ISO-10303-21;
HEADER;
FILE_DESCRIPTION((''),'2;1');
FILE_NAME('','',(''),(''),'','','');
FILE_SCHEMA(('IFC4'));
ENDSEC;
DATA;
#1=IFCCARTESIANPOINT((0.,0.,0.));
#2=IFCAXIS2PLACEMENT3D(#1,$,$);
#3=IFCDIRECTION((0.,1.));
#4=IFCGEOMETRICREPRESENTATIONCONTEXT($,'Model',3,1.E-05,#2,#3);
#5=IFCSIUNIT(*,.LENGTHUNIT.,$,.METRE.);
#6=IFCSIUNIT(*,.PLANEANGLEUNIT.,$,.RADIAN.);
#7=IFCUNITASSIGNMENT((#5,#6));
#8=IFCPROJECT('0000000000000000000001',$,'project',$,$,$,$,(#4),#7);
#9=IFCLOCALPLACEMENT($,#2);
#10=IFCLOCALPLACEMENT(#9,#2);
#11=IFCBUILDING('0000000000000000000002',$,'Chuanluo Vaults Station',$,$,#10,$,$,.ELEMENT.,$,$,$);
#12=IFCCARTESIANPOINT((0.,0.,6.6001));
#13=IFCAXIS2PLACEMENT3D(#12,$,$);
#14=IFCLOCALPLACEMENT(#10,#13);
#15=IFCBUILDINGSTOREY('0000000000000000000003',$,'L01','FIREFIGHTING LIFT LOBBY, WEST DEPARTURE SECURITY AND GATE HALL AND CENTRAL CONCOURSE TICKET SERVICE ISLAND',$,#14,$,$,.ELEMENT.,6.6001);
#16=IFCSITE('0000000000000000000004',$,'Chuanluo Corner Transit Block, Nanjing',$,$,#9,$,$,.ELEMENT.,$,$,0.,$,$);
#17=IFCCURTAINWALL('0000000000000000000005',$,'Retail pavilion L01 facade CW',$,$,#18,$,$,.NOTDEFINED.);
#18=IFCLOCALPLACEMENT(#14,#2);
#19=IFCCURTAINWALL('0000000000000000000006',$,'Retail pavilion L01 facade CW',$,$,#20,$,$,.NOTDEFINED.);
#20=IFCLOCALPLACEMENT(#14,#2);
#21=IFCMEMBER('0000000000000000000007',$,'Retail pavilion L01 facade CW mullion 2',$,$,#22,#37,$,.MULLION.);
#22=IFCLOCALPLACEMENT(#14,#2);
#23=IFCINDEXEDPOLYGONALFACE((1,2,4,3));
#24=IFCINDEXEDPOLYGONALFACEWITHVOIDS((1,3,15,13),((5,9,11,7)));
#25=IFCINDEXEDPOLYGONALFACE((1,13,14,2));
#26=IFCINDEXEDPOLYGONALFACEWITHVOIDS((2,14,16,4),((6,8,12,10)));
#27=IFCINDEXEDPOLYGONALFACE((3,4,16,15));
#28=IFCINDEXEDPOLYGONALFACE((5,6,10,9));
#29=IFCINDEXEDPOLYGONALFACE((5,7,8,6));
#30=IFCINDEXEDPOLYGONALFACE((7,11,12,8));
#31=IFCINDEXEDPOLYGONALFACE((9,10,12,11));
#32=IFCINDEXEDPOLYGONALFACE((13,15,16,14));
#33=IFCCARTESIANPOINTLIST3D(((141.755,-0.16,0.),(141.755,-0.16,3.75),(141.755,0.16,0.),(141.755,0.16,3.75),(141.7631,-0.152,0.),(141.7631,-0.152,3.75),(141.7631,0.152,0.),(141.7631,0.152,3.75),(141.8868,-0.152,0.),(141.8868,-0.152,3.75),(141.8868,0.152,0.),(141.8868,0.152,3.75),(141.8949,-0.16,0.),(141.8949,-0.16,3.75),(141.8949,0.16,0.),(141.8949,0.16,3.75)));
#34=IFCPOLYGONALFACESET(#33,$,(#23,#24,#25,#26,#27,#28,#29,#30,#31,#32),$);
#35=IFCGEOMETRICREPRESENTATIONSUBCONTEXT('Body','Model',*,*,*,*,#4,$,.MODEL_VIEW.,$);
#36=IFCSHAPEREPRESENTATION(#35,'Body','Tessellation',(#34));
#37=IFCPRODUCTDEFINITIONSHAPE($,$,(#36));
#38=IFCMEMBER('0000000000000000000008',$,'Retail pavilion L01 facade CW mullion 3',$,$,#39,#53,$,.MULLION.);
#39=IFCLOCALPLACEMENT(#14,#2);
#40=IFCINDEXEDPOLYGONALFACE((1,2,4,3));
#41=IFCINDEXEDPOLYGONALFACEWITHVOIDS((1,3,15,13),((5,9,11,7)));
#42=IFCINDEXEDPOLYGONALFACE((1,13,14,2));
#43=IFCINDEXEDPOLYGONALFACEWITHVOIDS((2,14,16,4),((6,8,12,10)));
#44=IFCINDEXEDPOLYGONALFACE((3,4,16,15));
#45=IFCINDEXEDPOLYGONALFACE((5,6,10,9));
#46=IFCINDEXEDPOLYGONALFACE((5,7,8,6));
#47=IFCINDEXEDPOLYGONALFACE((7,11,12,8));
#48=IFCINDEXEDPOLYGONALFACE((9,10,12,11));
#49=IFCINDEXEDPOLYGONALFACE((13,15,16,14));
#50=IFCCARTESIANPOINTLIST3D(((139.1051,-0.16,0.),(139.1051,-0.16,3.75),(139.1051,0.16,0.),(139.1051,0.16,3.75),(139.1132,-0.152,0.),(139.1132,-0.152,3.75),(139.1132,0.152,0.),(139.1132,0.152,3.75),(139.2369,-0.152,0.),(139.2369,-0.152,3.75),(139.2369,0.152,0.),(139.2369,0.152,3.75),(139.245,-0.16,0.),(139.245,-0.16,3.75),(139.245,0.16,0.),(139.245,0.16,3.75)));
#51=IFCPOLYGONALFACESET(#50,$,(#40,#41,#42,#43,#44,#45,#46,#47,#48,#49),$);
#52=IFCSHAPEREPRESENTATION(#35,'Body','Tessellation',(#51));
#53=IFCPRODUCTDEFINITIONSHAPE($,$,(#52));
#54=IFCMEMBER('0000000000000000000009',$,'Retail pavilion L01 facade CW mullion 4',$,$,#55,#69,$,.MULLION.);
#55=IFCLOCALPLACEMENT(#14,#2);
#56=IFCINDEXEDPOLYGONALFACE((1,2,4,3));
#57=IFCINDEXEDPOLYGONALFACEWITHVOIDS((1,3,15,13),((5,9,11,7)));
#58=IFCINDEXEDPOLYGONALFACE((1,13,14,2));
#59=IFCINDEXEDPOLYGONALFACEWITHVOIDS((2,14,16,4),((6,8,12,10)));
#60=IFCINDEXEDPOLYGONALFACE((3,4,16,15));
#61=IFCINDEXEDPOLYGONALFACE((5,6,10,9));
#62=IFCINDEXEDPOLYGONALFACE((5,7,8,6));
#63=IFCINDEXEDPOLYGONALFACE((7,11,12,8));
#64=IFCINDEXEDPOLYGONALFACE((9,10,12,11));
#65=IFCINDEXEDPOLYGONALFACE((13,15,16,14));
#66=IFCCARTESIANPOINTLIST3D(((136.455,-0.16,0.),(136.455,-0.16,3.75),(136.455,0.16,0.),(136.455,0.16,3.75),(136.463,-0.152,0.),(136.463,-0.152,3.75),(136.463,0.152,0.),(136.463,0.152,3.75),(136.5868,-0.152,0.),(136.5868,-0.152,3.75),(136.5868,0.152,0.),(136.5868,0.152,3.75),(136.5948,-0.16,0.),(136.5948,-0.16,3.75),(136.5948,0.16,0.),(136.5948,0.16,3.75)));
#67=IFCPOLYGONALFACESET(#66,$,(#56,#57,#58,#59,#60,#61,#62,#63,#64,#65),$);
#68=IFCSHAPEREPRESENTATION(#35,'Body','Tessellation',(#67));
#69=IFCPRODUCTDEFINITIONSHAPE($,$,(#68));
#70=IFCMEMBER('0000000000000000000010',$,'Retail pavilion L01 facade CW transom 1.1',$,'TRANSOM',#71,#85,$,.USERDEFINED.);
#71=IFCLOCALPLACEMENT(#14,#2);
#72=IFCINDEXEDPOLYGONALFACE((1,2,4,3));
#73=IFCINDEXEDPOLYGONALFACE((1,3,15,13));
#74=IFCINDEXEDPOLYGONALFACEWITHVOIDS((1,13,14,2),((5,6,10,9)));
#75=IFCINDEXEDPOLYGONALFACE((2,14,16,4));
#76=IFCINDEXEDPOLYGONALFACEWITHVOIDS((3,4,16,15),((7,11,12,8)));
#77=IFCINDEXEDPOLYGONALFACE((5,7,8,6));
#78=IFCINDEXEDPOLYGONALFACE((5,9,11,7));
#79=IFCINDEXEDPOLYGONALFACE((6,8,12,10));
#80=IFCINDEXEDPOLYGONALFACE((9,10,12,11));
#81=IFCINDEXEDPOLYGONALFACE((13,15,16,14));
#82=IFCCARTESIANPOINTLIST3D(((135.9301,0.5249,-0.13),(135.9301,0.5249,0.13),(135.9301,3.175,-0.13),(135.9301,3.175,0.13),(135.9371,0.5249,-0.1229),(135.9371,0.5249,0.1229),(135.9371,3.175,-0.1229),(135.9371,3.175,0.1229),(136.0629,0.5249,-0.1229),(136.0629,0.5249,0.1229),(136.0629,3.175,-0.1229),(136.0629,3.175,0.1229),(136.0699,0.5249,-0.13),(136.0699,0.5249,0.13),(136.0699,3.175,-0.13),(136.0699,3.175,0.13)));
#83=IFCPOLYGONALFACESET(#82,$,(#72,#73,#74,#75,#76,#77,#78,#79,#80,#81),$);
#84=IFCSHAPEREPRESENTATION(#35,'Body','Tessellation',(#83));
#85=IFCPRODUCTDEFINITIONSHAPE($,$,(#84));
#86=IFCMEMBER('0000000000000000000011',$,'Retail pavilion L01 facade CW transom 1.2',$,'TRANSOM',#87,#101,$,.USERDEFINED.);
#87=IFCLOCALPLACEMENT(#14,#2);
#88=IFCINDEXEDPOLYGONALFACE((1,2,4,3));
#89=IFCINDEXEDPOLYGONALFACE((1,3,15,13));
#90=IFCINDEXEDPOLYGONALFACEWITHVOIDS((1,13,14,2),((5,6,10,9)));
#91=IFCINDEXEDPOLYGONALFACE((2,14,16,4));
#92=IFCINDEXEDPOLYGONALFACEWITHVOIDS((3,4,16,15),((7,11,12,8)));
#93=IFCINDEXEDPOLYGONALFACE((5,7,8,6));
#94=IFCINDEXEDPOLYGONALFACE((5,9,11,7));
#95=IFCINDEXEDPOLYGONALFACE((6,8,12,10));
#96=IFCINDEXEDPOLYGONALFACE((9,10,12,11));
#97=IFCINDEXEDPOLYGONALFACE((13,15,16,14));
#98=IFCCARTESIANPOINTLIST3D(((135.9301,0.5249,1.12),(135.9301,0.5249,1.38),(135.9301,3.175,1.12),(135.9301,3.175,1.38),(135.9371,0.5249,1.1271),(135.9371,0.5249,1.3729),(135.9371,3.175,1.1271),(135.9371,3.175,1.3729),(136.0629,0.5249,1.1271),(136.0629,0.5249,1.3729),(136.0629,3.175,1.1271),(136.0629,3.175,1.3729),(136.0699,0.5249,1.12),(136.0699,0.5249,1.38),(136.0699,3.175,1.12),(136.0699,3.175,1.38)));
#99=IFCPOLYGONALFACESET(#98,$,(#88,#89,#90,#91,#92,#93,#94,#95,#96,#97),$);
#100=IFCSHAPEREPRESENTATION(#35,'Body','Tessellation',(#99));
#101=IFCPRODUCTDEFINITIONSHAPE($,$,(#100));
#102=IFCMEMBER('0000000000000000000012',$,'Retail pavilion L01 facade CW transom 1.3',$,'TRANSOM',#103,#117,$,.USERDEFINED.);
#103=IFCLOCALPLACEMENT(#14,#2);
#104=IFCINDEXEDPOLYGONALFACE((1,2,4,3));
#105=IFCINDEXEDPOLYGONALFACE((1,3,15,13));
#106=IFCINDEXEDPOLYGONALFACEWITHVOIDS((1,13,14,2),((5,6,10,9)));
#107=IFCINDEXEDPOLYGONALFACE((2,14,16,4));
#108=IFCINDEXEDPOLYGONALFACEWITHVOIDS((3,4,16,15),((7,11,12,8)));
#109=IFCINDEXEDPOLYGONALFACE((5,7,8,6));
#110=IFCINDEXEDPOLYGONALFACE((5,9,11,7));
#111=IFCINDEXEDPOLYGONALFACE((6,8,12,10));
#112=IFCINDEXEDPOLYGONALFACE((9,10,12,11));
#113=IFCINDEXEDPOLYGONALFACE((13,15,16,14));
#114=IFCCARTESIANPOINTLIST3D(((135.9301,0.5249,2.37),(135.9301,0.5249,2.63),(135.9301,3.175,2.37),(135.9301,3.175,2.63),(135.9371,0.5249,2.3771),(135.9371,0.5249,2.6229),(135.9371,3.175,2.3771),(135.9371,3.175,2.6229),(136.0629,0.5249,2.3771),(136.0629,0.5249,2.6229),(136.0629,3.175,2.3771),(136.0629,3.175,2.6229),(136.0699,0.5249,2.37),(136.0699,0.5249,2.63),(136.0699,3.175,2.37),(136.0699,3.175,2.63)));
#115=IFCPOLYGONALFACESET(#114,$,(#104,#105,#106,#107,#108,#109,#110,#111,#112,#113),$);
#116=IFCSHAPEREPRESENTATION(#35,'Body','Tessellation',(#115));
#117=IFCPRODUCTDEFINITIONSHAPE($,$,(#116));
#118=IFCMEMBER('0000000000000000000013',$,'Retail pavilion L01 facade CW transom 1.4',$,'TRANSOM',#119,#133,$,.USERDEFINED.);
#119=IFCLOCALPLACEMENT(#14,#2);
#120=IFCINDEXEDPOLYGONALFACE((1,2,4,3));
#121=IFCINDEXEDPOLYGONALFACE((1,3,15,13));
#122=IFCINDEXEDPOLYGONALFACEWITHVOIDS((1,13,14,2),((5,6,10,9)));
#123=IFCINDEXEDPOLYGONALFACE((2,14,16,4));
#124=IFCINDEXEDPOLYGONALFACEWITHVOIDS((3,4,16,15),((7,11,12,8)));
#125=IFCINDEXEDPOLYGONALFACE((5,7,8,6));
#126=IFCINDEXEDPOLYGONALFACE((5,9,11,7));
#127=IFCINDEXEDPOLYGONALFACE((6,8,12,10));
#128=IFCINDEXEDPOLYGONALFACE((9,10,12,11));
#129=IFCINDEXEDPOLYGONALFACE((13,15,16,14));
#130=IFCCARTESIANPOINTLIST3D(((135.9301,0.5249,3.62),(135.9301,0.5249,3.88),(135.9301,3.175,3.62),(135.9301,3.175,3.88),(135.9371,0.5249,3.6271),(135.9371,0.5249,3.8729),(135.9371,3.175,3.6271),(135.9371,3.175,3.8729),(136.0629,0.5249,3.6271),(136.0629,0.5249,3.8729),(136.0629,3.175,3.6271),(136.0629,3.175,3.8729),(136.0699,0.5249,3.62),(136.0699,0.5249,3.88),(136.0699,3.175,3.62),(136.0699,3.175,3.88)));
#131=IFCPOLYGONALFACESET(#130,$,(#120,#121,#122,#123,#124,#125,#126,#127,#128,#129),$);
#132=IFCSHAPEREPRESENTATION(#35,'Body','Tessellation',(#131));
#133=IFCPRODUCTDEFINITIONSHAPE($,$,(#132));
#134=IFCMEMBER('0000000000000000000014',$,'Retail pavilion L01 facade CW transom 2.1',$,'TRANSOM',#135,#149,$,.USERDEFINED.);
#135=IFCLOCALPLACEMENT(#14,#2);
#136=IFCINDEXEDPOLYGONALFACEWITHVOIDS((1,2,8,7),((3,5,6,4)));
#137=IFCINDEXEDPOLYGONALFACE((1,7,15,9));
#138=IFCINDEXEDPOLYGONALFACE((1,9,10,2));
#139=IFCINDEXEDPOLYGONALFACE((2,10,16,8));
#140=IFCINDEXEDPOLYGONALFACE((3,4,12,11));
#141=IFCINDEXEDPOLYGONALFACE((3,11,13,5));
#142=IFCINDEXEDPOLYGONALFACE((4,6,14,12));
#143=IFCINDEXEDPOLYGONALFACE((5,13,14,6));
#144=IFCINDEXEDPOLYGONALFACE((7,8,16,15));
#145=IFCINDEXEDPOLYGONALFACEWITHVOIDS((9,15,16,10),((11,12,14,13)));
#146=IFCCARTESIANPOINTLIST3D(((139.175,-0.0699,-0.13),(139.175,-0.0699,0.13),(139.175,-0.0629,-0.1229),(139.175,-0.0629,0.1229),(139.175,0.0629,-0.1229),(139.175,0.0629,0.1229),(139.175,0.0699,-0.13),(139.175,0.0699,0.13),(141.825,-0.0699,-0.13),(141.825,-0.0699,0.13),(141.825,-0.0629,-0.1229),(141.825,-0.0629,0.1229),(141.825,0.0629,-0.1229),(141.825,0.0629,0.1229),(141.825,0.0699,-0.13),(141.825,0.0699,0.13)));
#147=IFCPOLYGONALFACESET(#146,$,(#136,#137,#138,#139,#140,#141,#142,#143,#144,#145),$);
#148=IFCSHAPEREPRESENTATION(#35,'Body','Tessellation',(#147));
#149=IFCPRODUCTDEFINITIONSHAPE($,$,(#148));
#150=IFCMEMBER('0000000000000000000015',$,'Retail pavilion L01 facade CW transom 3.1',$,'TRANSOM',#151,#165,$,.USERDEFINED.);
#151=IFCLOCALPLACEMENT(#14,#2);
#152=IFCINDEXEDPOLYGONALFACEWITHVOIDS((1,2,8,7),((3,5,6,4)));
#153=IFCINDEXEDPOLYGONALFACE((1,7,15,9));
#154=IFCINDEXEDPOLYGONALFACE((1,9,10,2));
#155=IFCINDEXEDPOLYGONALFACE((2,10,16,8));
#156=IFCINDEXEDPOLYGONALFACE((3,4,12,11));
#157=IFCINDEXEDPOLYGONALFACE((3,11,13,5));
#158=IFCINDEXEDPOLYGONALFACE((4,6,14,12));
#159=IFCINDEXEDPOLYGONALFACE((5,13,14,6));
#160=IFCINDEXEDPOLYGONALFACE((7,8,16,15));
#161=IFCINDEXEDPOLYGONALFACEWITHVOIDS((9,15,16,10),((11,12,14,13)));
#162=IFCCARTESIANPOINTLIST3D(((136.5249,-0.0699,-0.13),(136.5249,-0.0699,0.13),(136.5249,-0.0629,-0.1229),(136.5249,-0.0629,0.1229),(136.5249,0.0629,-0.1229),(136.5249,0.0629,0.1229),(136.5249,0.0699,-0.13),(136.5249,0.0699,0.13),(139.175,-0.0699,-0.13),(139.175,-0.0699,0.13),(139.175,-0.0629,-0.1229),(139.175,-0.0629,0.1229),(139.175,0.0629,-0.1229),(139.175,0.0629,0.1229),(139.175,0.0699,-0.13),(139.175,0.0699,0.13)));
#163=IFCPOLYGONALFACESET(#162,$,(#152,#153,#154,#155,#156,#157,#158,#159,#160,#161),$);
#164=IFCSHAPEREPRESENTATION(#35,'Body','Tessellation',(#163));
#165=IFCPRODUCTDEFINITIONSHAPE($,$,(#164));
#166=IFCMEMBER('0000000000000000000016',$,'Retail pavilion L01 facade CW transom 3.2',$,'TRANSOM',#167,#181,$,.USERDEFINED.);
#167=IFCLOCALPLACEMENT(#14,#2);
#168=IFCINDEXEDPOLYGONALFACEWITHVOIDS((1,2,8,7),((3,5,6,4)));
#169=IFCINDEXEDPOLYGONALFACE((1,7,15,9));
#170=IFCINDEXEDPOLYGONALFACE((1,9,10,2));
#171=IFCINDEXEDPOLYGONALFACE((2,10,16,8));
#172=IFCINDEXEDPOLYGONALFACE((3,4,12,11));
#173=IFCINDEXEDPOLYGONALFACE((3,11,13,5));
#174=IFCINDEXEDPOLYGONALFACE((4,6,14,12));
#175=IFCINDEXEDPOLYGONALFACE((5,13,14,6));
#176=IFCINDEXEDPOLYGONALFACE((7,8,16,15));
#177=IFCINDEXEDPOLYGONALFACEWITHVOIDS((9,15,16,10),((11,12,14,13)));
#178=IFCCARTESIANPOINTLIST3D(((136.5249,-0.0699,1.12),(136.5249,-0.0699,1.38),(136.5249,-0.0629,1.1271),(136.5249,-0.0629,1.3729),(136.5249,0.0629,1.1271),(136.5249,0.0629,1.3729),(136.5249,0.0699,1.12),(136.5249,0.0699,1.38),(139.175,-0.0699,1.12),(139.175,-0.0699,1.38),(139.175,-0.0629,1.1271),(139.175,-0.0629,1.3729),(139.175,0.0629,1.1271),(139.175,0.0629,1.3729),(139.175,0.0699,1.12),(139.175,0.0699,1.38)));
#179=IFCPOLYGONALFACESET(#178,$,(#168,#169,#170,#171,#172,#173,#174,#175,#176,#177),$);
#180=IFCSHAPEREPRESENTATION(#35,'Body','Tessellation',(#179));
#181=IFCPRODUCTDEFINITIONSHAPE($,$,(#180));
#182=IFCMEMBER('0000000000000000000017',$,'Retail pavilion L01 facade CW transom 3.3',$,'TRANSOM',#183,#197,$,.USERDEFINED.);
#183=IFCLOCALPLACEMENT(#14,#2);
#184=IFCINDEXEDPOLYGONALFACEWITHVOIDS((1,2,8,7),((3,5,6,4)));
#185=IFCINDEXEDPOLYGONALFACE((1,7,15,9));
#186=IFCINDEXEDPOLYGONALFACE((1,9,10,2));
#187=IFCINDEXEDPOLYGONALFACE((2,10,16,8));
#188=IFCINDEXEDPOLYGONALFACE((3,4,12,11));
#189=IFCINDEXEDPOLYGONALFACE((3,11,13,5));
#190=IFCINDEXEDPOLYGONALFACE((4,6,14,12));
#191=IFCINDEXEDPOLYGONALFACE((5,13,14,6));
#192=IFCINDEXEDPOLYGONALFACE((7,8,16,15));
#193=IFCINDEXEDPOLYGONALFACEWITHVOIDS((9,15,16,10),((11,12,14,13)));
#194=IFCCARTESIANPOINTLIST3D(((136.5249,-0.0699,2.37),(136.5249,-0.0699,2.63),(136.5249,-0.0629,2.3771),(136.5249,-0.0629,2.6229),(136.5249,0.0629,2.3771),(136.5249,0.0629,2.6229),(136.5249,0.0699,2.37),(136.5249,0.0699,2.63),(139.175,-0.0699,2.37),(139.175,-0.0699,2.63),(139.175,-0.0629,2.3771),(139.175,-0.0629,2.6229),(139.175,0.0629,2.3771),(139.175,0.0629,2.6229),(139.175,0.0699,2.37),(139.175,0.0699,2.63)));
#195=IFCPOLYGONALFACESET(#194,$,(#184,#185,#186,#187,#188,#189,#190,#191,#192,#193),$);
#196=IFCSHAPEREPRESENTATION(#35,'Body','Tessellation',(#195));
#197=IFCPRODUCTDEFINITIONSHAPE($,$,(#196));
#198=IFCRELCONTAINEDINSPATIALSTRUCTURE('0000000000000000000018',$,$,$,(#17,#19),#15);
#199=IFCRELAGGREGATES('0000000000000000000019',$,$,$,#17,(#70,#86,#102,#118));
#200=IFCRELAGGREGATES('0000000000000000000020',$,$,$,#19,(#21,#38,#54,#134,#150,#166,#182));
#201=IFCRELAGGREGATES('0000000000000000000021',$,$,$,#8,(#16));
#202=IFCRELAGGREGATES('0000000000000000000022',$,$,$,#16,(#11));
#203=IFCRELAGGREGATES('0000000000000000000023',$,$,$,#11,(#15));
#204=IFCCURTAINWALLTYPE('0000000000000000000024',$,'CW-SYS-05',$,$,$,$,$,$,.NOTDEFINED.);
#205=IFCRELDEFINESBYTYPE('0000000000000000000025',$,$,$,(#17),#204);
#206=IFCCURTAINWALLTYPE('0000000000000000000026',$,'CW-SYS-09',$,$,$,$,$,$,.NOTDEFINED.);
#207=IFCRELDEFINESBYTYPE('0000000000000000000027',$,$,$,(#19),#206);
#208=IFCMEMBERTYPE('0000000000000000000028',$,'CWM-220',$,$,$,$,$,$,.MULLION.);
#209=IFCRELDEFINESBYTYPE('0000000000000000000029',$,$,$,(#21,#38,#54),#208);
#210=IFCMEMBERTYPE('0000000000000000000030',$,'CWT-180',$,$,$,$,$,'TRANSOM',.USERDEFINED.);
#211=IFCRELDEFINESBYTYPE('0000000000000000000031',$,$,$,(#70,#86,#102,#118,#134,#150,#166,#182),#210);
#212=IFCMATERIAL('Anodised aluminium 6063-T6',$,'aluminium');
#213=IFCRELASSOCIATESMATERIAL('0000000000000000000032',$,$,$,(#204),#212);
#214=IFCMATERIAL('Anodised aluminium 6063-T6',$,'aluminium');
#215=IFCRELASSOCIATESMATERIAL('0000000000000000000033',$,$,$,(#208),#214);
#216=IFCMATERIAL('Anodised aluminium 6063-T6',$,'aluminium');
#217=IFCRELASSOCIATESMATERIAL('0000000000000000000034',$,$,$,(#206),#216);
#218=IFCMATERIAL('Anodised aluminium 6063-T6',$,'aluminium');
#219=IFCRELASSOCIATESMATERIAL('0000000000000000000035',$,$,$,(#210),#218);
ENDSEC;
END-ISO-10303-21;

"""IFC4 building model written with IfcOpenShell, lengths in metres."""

from ifc_helpers import new_model, si_unit, direction, frame, origin, origin_2d, place, context, subcontext, project, spatial, hollow_rectangle, extrude, material, material_profile, profile_set, type_object, element, aggregate, save


model = new_model("IFC4")

# Units and contexts
model_context = context("Model", 3, precision=1e-05, world=origin(), true_north=direction((0.0, 1.0)))
body_context = subcontext(model_context, "Body", "Model", "MODEL_VIEW")
ifc_project = project(units=[si_unit("LENGTHUNIT", "METRE"), si_unit("PLANEANGLEUNIT", "RADIAN")], contexts=[model_context])

# Site, building, storey
site_placement = place(None, origin())
site = spatial("IfcSite", under=ifc_project, at=site_placement, Name="Chuanluo Corner Transit Block, Nanjing", CompositionType="ELEMENT", RefElevation=0.0)
building_placement = place(site_placement, origin())
building = spatial("IfcBuilding", under=site, at=building_placement, Name="Chuanluo Vaults Station", CompositionType="ELEMENT")
storey_placement = place(building_placement, frame((0.0, 0.0, 6.6001)))
storey = spatial("IfcBuildingStorey", under=building, at=storey_placement, Name="L01", Description="FIREFIGHTING LIFT LOBBY, WEST DEPARTURE SECURITY AND GATE HALL AND CENTRAL CONCOURSE TICKET SERVICE ISLAND", CompositionType="ELEMENT", Elevation=6.6001)

# Curtain wall
ifc_material_1 = material(Name="Anodised aluminium 6063-T6", Category="aluminium")
curtain_wall_type_1 = type_object("IfcCurtainWallType", Name="CW-SYS-05", PredefinedType="NOTDEFINED", material=ifc_material_1)
curtain_wall_1_placement = place(storey_placement, origin())
curtain_wall_1 = element("IfcCurtainWall", 1, at=curtain_wall_1_placement, inside=storey, type_object=curtain_wall_type_1, Name="Retail pavilion L01 facade CW", PredefinedType="NOTDEFINED")
ifc_material_2 = material(Name="Anodised aluminium 6063-T6", Category="aluminium")
ifc_material_profile_1 = material_profile(ifc_material_2, hollow_rectangle(XDim=0.1399, YDim=0.3201, WallThickness=0.0081, at=origin_2d()))
ifc_profile_set_1 = profile_set([ifc_material_profile_1], Name="Anodised aluminium 6063-T6")
member_type_1 = type_object("IfcMemberType", Name="CWM-220", PredefinedType="MULLION", material=ifc_profile_set_1)

# Curtain wall, members
ifc_material_3 = material(Name="Anodised aluminium 6063-T6", Category="aluminium")
curtain_wall_type_2 = type_object("IfcCurtainWallType", Name="CW-SYS-09", PredefinedType="NOTDEFINED", material=ifc_material_3)
curtain_wall_2_placement = place(storey_placement, origin())
curtain_wall_2 = element("IfcCurtainWall", 2, at=curtain_wall_2_placement, inside=storey, type_object=curtain_wall_type_2, Name="Retail pavilion L01 facade CW", PredefinedType="NOTDEFINED")
member_1_placement = place(storey_placement, frame((141.825, 0.0, 0.0), z_axis=(0.0, 0.0, 1.0), x_axis=(-1.0, 0.0, 0.0)))
member_1 = element("IfcMember", 3, at=member_1_placement, type_object=member_type_1, Name="Retail pavilion L01 facade CW mullion 2", PredefinedType="MULLION", context=body_context, shape_type="SweptSolid", body=[
    extrude(hollow_rectangle(XDim=0.1399, YDim=0.3201, WallThickness=0.0081, at=origin_2d()), origin(), (0.0, 0.0, 1.0), 3.75),
])
member_2_placement = place(storey_placement, frame((139.175, 0.0, 0.0), z_axis=(0.0, 0.0, 1.0), x_axis=(-1.0, 0.0, 0.0)))
member_2 = element("IfcMember", 4, at=member_2_placement, type_object=member_type_1, Name="Retail pavilion L01 facade CW mullion 3", PredefinedType="MULLION", context=body_context, shape_type="SweptSolid", body=[
    extrude(hollow_rectangle(XDim=0.1399, YDim=0.3201, WallThickness=0.0081, at=origin_2d()), origin(), (0.0, 0.0, 1.0), 3.75),
])
member_3_placement = place(storey_placement, frame((136.5249, 0.0, 0.0), z_axis=(0.0, 0.0, 1.0), x_axis=(-1.0, 0.0, 0.0)))
member_3 = element("IfcMember", 5, at=member_3_placement, type_object=member_type_1, Name="Retail pavilion L01 facade CW mullion 4", PredefinedType="MULLION", context=body_context, shape_type="SweptSolid", body=[
    extrude(hollow_rectangle(XDim=0.1399, YDim=0.3201, WallThickness=0.0081, at=origin_2d()), origin(), (0.0, 0.0, 1.0), 3.75),
])

# Members
ifc_material_4 = material(Name="Anodised aluminium 6063-T6", Category="aluminium")
ifc_material_profile_2 = material_profile(ifc_material_4, hollow_rectangle(XDim=0.1399, YDim=0.26, WallThickness=0.0071, at=origin_2d()))
ifc_profile_set_2 = profile_set([ifc_material_profile_2], Name="Anodised aluminium 6063-T6")
member_type_2 = type_object("IfcMemberType", Name="CWT-180", ElementType="TRANSOM", PredefinedType="USERDEFINED", material=ifc_profile_set_2)
member_4_placement = place(storey_placement, frame((136.0, 0.5249, 0.0), z_axis=(0.0, 1.0, 0.0), x_axis=(-1.0, 0.0, 0.0)))
member_4 = element("IfcMember", 6, at=member_4_placement, type_object=member_type_2, Name="Retail pavilion L01 facade CW transom 1.1", ObjectType="TRANSOM", PredefinedType="USERDEFINED", context=body_context, shape_type="SweptSolid", body=[
    extrude(hollow_rectangle(XDim=0.1399, YDim=0.26, WallThickness=0.0071, at=origin_2d()), origin(), (0.0, 0.0, 1.0), 2.6501),
])
member_5_placement = place(storey_placement, frame((136.0, 0.5249, 1.25), z_axis=(0.0, 1.0, 0.0), x_axis=(-1.0, 0.0, 0.0)))
member_5 = element("IfcMember", 7, at=member_5_placement, type_object=member_type_2, Name="Retail pavilion L01 facade CW transom 1.2", ObjectType="TRANSOM", PredefinedType="USERDEFINED", context=body_context, shape_type="SweptSolid", body=[
    extrude(hollow_rectangle(XDim=0.1399, YDim=0.26, WallThickness=0.0071, at=origin_2d()), origin(), (0.0, 0.0, 1.0), 2.6501),
])
member_6_placement = place(storey_placement, frame((136.0, 0.5249, 2.5), z_axis=(0.0, 1.0, 0.0), x_axis=(-1.0, 0.0, 0.0)))
member_6 = element("IfcMember", 8, at=member_6_placement, type_object=member_type_2, Name="Retail pavilion L01 facade CW transom 1.3", ObjectType="TRANSOM", PredefinedType="USERDEFINED", context=body_context, shape_type="SweptSolid", body=[
    extrude(hollow_rectangle(XDim=0.1399, YDim=0.26, WallThickness=0.0071, at=origin_2d()), origin(), (0.0, 0.0, 1.0), 2.6501),
])
member_7_placement = place(storey_placement, frame((136.0, 0.5249, 3.75), z_axis=(0.0, 1.0, 0.0), x_axis=(-1.0, 0.0, 0.0)))
member_7 = element("IfcMember", 9, at=member_7_placement, type_object=member_type_2, Name="Retail pavilion L01 facade CW transom 1.4", ObjectType="TRANSOM", PredefinedType="USERDEFINED", context=body_context, shape_type="SweptSolid", body=[
    extrude(hollow_rectangle(XDim=0.1399, YDim=0.26, WallThickness=0.0071, at=origin_2d()), origin(), (0.0, 0.0, 1.0), 2.6501),
])
member_8_placement = place(storey_placement, frame((141.825, 0.0, 0.0), z_axis=(-1.0, 0.0, 0.0), x_axis=(0.0, -1.0, 0.0)))
member_8 = element("IfcMember", 10, at=member_8_placement, type_object=member_type_2, Name="Retail pavilion L01 facade CW transom 2.1", ObjectType="TRANSOM", PredefinedType="USERDEFINED", context=body_context, shape_type="SweptSolid", body=[
    extrude(hollow_rectangle(XDim=0.1399, YDim=0.26, WallThickness=0.0071, at=origin_2d()), origin(), (0.0, 0.0, 1.0), 2.6499),
])
member_9_placement = place(storey_placement, frame((139.175, 0.0, 0.0), z_axis=(-1.0, 0.0, 0.0), x_axis=(0.0, -1.0, 0.0)))
member_9 = element("IfcMember", 11, at=member_9_placement, type_object=member_type_2, Name="Retail pavilion L01 facade CW transom 3.1", ObjectType="TRANSOM", PredefinedType="USERDEFINED", context=body_context, shape_type="SweptSolid", body=[
    extrude(hollow_rectangle(XDim=0.1399, YDim=0.26, WallThickness=0.0071, at=origin_2d()), origin(), (0.0, 0.0, 1.0), 2.6501),
])
member_10_placement = place(storey_placement, frame((139.175, 0.0, 1.25), z_axis=(-1.0, 0.0, 0.0), x_axis=(0.0, -1.0, 0.0)))
member_10 = element("IfcMember", 12, at=member_10_placement, type_object=member_type_2, Name="Retail pavilion L01 facade CW transom 3.2", ObjectType="TRANSOM", PredefinedType="USERDEFINED", context=body_context, shape_type="SweptSolid", body=[
    extrude(hollow_rectangle(XDim=0.1399, YDim=0.26, WallThickness=0.0071, at=origin_2d()), origin(), (0.0, 0.0, 1.0), 2.6501),
])
member_11_placement = place(storey_placement, frame((139.175, 0.0, 2.5), z_axis=(-1.0, 0.0, 0.0), x_axis=(0.0, -1.0, 0.0)))
member_11 = element("IfcMember", 13, at=member_11_placement, type_object=member_type_2, Name="Retail pavilion L01 facade CW transom 3.3", ObjectType="TRANSOM", PredefinedType="USERDEFINED", context=body_context, shape_type="SweptSolid", body=[
    extrude(hollow_rectangle(XDim=0.1399, YDim=0.26, WallThickness=0.0071, at=origin_2d()), origin(), (0.0, 0.0, 1.0), 2.6501),
])

aggregate(curtain_wall_1, [member_4, member_5, member_6, member_7])
aggregate(curtain_wall_2, [member_1, member_2, member_3, member_8, member_9, member_10, member_11])

save(model, "model.ifc")
